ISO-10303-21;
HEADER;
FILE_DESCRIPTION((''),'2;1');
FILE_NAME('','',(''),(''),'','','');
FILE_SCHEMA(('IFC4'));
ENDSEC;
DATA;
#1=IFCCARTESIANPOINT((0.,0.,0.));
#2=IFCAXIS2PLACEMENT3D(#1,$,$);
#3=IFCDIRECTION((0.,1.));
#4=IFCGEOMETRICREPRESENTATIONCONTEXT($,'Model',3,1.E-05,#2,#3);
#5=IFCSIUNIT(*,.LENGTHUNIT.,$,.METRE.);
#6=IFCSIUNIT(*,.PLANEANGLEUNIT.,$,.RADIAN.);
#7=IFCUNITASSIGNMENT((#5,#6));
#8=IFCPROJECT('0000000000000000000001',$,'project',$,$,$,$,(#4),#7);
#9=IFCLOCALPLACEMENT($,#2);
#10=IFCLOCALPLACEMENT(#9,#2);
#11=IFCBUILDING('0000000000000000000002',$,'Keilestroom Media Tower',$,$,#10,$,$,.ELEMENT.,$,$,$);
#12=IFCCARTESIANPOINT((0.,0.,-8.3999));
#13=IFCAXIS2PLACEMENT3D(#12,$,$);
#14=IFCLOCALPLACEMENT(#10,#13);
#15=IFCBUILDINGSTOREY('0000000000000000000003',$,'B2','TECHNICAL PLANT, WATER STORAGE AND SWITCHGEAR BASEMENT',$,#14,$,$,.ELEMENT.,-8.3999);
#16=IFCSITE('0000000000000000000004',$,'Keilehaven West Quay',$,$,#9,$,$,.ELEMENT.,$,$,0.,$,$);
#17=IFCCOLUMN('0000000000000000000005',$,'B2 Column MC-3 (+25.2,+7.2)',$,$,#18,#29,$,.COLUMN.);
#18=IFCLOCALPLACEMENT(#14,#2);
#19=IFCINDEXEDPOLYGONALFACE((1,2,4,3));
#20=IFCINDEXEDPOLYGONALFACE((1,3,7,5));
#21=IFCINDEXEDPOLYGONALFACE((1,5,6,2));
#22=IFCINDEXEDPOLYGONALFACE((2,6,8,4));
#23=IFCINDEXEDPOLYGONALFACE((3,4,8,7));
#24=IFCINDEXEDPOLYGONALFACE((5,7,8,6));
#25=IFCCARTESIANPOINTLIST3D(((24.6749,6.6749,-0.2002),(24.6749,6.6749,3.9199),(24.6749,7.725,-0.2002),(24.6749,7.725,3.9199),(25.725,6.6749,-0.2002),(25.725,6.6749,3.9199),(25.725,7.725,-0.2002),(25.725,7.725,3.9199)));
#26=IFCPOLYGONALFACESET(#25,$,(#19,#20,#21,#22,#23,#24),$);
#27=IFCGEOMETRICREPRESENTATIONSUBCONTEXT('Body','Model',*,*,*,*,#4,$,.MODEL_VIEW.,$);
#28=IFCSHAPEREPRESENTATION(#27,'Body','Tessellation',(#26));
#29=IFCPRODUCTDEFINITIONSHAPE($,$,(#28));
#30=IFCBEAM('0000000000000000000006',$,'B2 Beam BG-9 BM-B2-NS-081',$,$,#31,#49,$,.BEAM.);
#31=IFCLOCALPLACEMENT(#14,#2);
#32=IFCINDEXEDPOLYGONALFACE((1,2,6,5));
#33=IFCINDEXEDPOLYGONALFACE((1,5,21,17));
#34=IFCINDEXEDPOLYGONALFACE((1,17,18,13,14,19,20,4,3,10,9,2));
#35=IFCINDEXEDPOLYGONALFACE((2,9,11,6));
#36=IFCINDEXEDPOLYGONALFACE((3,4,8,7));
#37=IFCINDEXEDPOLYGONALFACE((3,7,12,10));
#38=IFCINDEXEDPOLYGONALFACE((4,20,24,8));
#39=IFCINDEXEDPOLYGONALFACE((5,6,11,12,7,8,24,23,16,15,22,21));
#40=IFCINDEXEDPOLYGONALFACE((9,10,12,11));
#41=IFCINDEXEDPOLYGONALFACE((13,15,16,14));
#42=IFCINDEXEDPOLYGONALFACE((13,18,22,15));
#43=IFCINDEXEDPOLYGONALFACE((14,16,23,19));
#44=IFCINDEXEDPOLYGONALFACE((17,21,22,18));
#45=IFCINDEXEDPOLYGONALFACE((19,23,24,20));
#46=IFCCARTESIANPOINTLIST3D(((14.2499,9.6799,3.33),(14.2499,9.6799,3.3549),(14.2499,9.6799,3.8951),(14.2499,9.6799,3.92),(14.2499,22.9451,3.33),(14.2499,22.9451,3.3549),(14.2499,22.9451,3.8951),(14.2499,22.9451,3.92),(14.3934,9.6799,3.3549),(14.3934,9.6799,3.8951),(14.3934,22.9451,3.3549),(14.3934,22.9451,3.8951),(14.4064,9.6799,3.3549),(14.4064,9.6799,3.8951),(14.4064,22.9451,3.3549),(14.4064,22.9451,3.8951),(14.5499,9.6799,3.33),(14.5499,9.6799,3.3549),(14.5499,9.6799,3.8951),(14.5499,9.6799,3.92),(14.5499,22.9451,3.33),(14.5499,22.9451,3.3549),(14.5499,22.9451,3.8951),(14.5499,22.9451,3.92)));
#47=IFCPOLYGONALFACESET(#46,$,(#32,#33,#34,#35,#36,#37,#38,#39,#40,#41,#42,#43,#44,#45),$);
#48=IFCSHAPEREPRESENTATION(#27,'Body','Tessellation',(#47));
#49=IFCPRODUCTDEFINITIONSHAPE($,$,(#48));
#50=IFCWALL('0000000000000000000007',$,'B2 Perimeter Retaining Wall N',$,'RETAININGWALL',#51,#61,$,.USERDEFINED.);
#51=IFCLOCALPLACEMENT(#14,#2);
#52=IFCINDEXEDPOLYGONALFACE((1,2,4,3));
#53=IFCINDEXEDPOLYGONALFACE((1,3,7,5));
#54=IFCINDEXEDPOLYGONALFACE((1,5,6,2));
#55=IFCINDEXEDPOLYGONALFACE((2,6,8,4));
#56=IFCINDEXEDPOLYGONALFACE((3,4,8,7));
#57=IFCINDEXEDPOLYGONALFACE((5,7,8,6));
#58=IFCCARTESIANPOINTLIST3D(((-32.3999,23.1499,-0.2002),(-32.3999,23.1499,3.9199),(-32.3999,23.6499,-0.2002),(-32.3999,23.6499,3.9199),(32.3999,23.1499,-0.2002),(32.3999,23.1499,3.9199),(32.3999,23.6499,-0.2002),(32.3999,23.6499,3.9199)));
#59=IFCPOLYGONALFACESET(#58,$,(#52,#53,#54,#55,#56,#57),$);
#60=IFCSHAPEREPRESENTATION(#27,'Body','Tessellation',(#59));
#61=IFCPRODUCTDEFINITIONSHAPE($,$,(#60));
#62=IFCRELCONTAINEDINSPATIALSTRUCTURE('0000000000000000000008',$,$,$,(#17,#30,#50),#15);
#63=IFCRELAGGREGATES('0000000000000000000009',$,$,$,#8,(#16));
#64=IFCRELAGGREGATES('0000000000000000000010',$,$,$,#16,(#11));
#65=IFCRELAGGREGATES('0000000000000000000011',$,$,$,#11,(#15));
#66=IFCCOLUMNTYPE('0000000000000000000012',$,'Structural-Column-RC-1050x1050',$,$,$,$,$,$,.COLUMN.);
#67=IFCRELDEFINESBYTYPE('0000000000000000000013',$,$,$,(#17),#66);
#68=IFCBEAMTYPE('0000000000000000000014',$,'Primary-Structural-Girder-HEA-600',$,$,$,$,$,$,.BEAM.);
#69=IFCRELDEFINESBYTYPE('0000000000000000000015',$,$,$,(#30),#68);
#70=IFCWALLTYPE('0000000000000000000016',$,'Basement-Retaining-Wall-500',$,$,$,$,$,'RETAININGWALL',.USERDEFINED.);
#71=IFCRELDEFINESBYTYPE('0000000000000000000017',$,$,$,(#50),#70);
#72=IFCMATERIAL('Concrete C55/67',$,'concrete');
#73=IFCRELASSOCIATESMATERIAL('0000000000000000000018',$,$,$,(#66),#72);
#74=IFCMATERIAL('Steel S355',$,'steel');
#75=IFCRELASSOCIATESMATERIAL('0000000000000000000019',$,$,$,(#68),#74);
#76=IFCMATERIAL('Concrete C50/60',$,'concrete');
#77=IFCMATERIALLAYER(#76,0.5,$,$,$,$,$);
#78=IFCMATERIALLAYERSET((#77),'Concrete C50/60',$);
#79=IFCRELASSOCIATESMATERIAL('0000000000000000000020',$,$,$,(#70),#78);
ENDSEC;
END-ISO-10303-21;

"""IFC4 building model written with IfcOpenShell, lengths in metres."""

from ifc_helpers import new_model, si_unit, direction, frame, frame_2d, origin, origin_2d, place, context, subcontext, project, spatial, rectangle, i_section, extrude, source, transform, mapped, material, layer, layer_set, material_profile, profile_set, type_object, element, save


model = new_model("IFC4")

# Units and contexts
model_context = context("Model", 3, precision=1e-05, world=origin(), true_north=direction((0.0, 1.0)))
body_context = subcontext(model_context, "Body", "Model", "MODEL_VIEW")
ifc_project = project(units=[si_unit("LENGTHUNIT", "METRE"), si_unit("PLANEANGLEUNIT", "RADIAN")], contexts=[model_context])

# Site, building, storey
site_placement = place(None, origin())
site = spatial("IfcSite", under=ifc_project, at=site_placement, Name="Keilehaven West Quay", CompositionType="ELEMENT", RefElevation=0.0)
building_placement = place(site_placement, origin())
building = spatial("IfcBuilding", under=site, at=building_placement, Name="Keilestroom Media Tower", CompositionType="ELEMENT")
storey_placement = place(building_placement, frame((0.0, 0.0, -8.3999)))
storey = spatial("IfcBuildingStorey", under=building, at=storey_placement, Name="B2", Description="TECHNICAL PLANT, WATER STORAGE AND SWITCHGEAR BASEMENT", CompositionType="ELEMENT", Elevation=-8.3999)

# Column
ifc_material_1 = material(Name="Concrete C55/67", Category="concrete")
ifc_material_profile_1 = material_profile(ifc_material_1, rectangle(XDim=1.05, YDim=1.05, at=origin_2d()), Name="RC 1050x1050")
ifc_profile_set_1 = profile_set([ifc_material_profile_1], Name="Concrete C55/67")
column_type_1 = type_object("IfcColumnType", Name="Structural-Column-RC-1050x1050", PredefinedType="COLUMN", material=ifc_profile_set_1)
shared_shape_1 = source(origin(), body_context, "Body", "SweptSolid", [
    extrude(rectangle(XDim=1.05, YDim=1.05, at=origin_2d()), origin(), (0.0, 0.0, 1.0), 4.1201),
])
column_1_placement = place(storey_placement, frame((25.2, 7.2, -0.2002), z_axis=(0.0, 0.0, 1.0), x_axis=(1.0, 0.0, 0.0)))
element("IfcColumn", 1, at=column_1_placement, inside=storey, type_object=column_type_1, Name="B2 Column MC-3 (+25.2,+7.2)", PredefinedType="COLUMN", context=body_context, shape_type="MappedRepresentation", body=[
    mapped(shared_shape_1, transform((0.0, 0.0, 0.0), x_axis=(1.0, 0.0, 0.0), y_axis=(0.0, 1.0, 0.0), z_axis=(0.0, 0.0, 1.0), scale=1.0)),
])

# Beam
ifc_material_2 = material(Name="Steel S355", Category="steel")
ifc_material_profile_2 = material_profile(ifc_material_2, i_section(OverallWidth=0.3, OverallDepth=0.5901, WebThickness=0.0129, FlangeThickness=0.0249, at=origin_2d()), Name="HEA 600")
ifc_profile_set_2 = profile_set([ifc_material_profile_2], Name="Steel S355")
beam_type = type_object("IfcBeamType", Name="Primary-Structural-Girder-HEA-600", PredefinedType="BEAM", material=ifc_profile_set_2)
shared_shape_2 = source(origin(), body_context, "Body", "SweptSolid", [
    extrude(i_section(OverallWidth=0.3, OverallDepth=0.5901, WebThickness=0.0129, FlangeThickness=0.0249, at=origin_2d()), origin(), (0.0, 0.0, 1.0), 13.2651),
])
beam_placement = place(storey_placement, frame((14.3999, 9.6799, 3.625), z_axis=(0.0, 1.0, 0.0), x_axis=(-1.0, 0.0, 0.0)))
element("IfcBeam", 2, at=beam_placement, inside=storey, type_object=beam_type, Name="B2 Beam BG-9 BM-B2-NS-081", PredefinedType="BEAM", context=body_context, shape_type="MappedRepresentation", body=[
    mapped(shared_shape_2, transform((0.0, 0.0, 0.0), x_axis=(1.0, 0.0, 0.0), y_axis=(0.0, 1.0, 0.0), z_axis=(0.0, 0.0, 1.0), scale=1.0)),
])

# Wall
ifc_material_3 = material(Name="Concrete C50/60", Category="concrete")
ifc_layer = layer(ifc_material_3, 0.5)
ifc_layer_set = layer_set([ifc_layer], Name="Concrete C50/60")
wall_type = type_object("IfcWallType", Name="Basement-Retaining-Wall-500", ElementType="RETAININGWALL", PredefinedType="USERDEFINED", material=ifc_layer_set)
wall_placement = place(storey_placement, frame((32.3999, 23.3999, -0.2002), z_axis=(0.0, 0.0, 1.0), x_axis=(-1.0, 0.0, 0.0)))
element("IfcWall", 3, at=wall_placement, inside=storey, type_object=wall_type, Name="B2 Perimeter Retaining Wall N", ObjectType="RETAININGWALL", PredefinedType="USERDEFINED", context=body_context, shape_type="SweptSolid", body=[
    extrude(rectangle(XDim=64.7998, YDim=0.5, at=frame_2d((32.3999, 0.0))), origin(), (0.0, 0.0, 1.0), 4.1201),
])

save(model, "model.ifc")
